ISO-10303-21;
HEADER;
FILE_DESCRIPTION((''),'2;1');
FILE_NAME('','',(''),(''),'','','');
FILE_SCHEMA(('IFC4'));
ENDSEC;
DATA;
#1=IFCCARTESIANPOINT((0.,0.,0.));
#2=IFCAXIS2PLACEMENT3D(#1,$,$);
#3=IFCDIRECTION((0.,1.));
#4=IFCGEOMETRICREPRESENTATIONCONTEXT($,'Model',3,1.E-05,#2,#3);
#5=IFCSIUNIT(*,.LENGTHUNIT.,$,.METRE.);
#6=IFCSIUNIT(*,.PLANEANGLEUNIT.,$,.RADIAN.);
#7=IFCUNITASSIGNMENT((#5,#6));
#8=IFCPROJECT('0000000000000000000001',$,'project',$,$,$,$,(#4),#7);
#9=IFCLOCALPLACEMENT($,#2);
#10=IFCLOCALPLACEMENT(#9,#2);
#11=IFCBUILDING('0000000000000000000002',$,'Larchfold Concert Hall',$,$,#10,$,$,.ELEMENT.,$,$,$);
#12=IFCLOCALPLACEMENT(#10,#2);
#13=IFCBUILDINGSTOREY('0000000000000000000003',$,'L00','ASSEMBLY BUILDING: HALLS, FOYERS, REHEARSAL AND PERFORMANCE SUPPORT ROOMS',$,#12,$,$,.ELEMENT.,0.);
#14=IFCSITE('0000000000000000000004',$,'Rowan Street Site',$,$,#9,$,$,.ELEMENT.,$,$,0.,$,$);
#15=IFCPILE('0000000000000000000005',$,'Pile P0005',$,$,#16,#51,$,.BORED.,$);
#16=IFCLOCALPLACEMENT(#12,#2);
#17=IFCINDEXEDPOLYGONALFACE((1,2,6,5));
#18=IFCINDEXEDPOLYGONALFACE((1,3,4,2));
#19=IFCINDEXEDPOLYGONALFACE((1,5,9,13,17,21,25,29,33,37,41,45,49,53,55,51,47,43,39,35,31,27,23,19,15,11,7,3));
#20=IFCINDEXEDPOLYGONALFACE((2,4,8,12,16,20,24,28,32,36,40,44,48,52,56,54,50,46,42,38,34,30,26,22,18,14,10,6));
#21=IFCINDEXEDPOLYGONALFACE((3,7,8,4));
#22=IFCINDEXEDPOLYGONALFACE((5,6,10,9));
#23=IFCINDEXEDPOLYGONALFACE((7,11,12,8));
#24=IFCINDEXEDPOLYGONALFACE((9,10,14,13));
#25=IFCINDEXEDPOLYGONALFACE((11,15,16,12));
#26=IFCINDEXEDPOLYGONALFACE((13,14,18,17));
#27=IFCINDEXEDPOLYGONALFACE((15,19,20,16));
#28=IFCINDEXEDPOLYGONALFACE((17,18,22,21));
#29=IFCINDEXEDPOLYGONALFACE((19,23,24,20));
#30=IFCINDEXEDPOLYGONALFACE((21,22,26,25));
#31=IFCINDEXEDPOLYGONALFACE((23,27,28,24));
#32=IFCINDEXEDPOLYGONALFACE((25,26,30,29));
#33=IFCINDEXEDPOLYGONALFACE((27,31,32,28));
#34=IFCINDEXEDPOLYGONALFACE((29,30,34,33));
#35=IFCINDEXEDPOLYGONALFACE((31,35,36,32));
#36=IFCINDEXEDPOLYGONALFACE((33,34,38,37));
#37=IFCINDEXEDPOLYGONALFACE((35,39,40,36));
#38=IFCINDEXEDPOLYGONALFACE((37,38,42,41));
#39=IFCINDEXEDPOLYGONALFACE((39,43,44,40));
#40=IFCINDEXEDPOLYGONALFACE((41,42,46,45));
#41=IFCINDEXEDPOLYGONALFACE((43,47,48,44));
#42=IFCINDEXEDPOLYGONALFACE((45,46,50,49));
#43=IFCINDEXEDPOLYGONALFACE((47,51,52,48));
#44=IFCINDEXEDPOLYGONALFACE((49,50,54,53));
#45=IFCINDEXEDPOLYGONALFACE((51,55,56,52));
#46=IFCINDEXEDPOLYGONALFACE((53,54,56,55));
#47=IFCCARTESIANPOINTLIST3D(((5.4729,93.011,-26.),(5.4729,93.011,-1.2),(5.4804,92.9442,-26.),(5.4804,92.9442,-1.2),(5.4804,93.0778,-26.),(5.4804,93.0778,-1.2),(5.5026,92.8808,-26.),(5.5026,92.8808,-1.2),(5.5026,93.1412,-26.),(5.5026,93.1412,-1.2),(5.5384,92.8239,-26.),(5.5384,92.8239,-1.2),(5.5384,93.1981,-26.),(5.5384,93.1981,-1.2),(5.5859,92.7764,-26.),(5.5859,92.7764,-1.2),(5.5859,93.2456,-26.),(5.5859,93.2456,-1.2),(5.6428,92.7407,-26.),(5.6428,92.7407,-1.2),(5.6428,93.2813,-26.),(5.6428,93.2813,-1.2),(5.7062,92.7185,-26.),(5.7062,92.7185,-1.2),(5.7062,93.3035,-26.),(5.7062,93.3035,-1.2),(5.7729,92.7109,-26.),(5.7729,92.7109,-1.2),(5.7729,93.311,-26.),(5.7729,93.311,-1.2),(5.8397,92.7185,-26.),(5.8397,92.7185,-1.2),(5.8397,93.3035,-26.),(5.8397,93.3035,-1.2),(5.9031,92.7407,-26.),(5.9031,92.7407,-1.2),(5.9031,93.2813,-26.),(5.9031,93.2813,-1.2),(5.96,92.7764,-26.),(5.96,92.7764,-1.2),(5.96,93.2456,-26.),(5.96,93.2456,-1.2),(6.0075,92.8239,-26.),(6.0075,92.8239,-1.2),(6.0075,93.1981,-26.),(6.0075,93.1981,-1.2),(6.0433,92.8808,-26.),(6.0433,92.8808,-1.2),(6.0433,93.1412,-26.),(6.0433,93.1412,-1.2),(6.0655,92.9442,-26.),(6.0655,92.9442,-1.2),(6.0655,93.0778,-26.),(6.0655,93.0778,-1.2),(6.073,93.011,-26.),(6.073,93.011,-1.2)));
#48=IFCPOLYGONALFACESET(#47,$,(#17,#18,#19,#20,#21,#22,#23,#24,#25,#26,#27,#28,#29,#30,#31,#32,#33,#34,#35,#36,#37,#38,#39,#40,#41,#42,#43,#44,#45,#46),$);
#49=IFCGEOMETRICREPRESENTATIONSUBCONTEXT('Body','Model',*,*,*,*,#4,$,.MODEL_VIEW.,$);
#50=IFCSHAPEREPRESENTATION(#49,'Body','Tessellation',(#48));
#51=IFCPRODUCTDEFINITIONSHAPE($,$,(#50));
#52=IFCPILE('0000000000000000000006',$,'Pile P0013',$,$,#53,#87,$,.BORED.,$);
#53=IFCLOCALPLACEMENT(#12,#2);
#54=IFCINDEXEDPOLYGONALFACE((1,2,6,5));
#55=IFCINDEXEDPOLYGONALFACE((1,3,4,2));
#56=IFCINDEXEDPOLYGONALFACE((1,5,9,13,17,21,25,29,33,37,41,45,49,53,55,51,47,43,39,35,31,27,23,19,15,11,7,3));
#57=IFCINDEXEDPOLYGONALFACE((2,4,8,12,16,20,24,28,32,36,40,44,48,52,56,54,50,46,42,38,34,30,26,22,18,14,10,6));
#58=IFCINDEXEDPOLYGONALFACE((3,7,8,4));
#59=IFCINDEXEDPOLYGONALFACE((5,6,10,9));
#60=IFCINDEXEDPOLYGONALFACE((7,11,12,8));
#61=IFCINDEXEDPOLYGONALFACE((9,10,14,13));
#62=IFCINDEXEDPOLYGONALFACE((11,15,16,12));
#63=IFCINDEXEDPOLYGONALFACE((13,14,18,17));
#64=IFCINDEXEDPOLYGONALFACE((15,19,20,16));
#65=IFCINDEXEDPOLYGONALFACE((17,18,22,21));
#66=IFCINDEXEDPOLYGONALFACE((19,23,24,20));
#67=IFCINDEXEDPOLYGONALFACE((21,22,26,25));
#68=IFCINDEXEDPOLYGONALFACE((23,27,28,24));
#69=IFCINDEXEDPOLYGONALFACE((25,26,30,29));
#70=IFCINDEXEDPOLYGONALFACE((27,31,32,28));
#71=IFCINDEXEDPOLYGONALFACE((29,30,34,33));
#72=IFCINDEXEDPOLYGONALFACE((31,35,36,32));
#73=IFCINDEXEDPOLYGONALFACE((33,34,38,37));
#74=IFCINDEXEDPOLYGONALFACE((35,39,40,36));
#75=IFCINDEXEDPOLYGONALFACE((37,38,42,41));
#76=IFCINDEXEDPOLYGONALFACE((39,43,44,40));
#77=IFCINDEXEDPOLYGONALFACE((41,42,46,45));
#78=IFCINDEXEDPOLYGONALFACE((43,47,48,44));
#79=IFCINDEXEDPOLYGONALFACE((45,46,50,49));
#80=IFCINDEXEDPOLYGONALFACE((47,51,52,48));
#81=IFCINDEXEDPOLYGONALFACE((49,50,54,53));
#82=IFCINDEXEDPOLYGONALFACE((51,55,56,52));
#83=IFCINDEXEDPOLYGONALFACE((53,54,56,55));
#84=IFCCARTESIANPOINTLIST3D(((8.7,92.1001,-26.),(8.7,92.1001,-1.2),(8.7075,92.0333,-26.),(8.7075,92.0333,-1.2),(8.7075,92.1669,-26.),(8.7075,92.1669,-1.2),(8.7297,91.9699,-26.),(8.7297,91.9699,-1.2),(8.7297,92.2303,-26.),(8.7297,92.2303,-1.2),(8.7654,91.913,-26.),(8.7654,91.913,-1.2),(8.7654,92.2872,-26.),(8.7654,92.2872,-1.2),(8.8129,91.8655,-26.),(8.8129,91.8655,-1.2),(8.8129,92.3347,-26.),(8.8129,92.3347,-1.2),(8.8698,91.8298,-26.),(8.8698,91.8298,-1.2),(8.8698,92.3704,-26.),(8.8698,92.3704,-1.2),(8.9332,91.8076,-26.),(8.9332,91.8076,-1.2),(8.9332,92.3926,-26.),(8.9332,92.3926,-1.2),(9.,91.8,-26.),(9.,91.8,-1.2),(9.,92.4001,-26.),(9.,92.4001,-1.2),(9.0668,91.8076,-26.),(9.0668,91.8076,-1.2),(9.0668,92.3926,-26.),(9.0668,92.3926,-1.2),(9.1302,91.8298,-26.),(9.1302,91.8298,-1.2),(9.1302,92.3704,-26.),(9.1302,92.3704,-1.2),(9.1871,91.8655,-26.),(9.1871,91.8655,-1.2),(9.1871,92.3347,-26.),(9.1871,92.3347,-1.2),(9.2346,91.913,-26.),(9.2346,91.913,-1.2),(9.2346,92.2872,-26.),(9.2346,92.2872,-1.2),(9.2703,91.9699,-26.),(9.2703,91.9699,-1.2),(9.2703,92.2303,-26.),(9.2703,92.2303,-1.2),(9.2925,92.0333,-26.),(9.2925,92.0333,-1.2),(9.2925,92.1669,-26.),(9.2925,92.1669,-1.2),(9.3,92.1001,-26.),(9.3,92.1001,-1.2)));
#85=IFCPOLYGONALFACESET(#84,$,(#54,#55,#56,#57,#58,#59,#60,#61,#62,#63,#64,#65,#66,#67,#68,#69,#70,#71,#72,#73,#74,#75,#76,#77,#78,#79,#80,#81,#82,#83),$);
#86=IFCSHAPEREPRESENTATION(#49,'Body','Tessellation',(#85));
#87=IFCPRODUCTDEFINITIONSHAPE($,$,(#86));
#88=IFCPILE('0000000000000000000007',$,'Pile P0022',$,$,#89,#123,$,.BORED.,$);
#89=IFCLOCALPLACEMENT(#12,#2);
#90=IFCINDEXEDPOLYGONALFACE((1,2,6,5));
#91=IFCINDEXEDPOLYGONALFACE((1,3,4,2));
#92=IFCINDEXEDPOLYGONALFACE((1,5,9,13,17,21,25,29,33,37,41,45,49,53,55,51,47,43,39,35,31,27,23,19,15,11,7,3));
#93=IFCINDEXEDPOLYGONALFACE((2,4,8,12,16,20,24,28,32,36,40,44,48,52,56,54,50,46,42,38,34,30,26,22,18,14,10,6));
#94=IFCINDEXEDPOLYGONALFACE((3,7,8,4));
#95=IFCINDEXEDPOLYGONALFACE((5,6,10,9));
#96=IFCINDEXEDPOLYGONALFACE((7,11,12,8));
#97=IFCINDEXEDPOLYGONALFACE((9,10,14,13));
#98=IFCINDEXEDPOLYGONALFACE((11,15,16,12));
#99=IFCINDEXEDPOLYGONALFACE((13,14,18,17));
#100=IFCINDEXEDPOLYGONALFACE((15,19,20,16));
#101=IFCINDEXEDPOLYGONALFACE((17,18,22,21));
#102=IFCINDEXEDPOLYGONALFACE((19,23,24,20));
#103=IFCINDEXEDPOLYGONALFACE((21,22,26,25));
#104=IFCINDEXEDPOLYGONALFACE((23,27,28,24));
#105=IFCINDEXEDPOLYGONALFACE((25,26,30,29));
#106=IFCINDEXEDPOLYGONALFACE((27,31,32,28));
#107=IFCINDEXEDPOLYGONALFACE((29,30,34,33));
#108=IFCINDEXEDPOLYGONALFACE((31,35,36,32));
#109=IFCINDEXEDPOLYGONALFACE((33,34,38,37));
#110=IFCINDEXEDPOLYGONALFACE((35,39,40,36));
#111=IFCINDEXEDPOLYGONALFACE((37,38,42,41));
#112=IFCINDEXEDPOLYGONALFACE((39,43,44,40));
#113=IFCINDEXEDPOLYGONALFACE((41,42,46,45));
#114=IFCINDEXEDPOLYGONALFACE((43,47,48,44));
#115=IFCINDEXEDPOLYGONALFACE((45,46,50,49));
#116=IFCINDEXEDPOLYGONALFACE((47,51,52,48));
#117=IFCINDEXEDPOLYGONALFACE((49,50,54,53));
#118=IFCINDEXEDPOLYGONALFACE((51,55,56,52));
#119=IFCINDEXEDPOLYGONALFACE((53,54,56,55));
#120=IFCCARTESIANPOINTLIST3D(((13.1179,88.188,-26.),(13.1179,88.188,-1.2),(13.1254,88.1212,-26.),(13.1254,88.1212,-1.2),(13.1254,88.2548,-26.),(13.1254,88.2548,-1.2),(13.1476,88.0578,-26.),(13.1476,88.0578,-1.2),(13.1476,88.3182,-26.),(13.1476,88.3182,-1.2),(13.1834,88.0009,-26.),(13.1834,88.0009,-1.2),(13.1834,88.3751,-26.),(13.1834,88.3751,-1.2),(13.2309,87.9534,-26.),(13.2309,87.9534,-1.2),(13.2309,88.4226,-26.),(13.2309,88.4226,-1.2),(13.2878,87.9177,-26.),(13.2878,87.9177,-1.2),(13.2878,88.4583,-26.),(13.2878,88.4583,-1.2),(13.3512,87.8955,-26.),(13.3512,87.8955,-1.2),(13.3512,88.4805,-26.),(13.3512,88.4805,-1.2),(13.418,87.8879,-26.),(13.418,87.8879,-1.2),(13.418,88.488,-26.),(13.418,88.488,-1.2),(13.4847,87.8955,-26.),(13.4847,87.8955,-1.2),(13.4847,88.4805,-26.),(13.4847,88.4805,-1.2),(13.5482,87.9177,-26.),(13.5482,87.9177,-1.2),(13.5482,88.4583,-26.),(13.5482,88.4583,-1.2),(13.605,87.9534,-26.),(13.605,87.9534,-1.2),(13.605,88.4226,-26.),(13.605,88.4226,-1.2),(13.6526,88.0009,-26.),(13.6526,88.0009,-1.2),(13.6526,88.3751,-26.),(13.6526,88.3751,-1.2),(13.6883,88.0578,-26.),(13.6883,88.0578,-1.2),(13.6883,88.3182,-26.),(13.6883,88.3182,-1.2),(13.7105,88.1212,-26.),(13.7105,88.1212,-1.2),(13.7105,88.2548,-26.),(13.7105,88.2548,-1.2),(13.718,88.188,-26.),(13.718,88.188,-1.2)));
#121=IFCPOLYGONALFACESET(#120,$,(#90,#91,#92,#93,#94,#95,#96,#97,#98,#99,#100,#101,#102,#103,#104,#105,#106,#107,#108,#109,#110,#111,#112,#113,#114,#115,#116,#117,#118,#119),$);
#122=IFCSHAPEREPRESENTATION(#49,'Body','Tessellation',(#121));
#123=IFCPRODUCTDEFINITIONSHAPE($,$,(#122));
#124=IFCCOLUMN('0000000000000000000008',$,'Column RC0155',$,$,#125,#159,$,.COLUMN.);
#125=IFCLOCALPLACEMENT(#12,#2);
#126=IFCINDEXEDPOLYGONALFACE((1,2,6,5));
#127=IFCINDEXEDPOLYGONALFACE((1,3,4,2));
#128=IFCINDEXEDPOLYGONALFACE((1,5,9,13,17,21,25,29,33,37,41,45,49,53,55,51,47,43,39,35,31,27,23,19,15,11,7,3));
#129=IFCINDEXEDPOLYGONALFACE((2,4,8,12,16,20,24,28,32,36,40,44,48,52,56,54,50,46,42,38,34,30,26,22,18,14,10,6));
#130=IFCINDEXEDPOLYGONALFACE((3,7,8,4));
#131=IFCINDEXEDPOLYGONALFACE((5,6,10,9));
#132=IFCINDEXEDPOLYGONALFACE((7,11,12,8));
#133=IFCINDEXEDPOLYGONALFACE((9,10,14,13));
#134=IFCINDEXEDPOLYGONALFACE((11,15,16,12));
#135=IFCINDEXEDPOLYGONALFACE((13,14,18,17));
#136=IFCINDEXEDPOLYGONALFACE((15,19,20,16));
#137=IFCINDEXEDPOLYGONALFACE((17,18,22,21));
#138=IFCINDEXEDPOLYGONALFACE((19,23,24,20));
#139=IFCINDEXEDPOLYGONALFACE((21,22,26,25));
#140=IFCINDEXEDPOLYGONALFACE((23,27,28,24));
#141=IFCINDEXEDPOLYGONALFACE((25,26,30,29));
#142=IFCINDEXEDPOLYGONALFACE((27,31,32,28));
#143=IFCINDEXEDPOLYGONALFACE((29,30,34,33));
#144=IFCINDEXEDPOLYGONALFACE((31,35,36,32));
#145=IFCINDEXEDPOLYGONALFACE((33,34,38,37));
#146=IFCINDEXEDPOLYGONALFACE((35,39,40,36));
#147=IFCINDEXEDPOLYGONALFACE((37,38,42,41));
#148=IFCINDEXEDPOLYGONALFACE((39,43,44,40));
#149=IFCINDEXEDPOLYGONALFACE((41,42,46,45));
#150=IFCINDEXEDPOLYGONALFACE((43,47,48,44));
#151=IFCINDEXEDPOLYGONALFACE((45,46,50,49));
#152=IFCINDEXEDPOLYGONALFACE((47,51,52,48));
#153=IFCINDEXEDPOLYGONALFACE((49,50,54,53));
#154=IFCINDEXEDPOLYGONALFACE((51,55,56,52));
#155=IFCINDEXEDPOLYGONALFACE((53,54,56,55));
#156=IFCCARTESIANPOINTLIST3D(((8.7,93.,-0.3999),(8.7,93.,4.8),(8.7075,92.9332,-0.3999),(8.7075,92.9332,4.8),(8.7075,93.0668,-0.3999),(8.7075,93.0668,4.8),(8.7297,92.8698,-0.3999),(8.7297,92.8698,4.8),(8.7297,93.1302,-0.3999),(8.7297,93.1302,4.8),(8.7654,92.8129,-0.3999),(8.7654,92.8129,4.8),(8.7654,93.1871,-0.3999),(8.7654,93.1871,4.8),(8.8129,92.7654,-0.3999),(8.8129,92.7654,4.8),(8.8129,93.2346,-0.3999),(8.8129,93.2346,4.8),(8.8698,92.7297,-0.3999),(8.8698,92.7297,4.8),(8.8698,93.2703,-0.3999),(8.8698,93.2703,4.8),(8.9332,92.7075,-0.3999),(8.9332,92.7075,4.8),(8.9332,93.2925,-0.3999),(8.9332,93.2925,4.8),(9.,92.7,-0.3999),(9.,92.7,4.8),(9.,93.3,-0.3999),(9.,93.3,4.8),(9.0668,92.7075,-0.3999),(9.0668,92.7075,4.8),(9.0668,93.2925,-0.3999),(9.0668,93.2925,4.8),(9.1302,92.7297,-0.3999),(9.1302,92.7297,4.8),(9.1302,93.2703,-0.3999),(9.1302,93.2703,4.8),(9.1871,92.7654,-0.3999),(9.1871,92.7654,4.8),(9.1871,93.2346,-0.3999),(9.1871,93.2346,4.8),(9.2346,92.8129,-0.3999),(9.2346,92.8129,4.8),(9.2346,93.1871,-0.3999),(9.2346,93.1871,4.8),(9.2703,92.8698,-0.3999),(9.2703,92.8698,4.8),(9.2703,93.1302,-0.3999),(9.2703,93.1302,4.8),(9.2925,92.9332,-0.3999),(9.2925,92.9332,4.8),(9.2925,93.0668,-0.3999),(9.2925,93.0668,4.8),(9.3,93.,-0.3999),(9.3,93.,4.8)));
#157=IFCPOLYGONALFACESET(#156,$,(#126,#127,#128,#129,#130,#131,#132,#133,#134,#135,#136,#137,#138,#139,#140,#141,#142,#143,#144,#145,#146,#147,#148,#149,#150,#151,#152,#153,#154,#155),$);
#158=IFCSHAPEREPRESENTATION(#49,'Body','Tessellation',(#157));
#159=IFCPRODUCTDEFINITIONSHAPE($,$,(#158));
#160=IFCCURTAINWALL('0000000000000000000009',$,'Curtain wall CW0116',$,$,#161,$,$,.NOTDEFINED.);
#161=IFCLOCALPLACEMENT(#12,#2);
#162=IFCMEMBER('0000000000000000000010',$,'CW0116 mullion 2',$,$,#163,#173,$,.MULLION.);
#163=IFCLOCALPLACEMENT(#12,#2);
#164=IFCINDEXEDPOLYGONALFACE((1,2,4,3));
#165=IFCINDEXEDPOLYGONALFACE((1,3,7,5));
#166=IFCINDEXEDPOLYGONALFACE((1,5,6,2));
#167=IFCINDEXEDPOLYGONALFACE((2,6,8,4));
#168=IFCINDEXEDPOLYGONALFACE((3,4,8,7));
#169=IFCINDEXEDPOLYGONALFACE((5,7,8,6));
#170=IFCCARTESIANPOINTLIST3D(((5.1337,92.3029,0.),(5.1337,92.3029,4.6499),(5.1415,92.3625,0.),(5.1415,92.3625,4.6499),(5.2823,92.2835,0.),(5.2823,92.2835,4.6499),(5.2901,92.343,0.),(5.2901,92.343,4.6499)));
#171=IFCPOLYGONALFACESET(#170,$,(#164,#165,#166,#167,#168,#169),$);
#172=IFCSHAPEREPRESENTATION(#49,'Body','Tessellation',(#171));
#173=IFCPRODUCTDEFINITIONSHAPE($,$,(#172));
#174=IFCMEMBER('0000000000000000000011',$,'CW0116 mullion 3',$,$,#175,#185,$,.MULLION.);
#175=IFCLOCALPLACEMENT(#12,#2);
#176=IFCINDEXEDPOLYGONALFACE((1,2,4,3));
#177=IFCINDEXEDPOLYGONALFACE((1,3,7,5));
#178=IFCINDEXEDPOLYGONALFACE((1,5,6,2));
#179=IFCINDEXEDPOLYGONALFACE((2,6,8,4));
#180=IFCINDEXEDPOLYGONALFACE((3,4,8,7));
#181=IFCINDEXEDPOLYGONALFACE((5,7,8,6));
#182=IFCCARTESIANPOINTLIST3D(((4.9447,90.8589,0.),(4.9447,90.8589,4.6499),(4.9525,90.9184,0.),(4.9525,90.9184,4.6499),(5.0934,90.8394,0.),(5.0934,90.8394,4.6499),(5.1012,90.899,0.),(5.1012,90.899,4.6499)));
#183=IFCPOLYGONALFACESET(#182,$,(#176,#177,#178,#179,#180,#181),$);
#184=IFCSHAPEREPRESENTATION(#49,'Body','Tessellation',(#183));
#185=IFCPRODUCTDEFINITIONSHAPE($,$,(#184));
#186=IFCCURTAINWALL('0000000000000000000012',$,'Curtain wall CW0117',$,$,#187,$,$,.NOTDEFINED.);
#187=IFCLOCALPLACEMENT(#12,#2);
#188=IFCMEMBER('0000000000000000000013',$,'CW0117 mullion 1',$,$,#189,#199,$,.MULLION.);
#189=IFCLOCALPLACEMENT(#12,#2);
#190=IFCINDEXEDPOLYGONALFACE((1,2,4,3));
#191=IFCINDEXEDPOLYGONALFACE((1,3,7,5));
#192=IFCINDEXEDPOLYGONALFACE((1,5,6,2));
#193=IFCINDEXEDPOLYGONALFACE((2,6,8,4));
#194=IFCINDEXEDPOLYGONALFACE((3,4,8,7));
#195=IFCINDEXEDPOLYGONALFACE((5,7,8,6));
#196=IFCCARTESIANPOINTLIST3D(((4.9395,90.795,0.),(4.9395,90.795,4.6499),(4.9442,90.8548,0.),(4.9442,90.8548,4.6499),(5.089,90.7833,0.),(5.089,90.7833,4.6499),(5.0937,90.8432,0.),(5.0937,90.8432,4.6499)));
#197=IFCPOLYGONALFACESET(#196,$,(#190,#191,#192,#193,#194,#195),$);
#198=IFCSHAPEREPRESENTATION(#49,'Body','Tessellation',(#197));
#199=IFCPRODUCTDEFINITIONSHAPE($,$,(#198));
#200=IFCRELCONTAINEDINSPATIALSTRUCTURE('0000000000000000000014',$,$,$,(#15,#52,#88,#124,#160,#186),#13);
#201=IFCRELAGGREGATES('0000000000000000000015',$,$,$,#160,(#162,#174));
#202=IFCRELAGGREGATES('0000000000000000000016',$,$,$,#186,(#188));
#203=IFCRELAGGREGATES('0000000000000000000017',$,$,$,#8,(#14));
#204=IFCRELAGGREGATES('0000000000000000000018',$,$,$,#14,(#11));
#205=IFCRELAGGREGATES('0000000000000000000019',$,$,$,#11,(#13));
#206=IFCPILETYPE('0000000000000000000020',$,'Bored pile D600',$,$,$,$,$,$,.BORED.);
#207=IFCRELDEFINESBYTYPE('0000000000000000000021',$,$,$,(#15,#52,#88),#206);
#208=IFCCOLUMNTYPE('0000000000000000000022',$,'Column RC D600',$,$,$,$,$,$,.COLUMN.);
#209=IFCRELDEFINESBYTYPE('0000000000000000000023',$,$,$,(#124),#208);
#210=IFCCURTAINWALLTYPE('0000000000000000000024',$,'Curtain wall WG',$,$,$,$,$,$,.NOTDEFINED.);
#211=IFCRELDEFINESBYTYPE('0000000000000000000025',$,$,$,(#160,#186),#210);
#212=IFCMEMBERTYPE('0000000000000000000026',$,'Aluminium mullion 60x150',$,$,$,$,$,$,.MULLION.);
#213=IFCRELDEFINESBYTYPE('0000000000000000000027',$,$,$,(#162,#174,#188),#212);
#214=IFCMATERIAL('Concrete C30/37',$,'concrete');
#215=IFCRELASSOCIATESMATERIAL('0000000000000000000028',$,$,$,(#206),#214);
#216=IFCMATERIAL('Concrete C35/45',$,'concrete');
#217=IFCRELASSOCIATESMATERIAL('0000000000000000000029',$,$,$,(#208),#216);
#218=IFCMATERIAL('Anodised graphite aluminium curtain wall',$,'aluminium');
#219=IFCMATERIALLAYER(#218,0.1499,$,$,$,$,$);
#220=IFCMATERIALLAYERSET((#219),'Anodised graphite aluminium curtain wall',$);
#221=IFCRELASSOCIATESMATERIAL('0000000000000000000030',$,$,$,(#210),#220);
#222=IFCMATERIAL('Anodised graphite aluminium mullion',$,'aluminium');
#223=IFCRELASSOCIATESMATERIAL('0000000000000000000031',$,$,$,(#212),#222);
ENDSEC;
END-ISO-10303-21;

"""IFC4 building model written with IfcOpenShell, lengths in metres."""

from ifc_helpers import new_model, si_unit, direction, frame, origin, origin_2d, place, context, subcontext, project, spatial, rectangle, circle, extrude, material, layer, layer_set, material_profile, profile_set, type_object, element, aggregate, save


model = new_model("IFC4")

# Units and contexts
model_context = context("Model", 3, precision=1e-05, world=origin(), true_north=direction((0.0, 1.0)))
body_context = subcontext(model_context, "Body", "Model", "MODEL_VIEW")
ifc_project = project(units=[si_unit("LENGTHUNIT", "METRE"), si_unit("PLANEANGLEUNIT", "RADIAN")], contexts=[model_context])

# Site, building, storey
site_placement = place(None, origin())
site = spatial("IfcSite", under=ifc_project, at=site_placement, Name="Rowan Street Site", CompositionType="ELEMENT", RefElevation=0.0)
building_placement = place(site_placement, origin())
building = spatial("IfcBuilding", under=site, at=building_placement, Name="Larchfold Concert Hall", CompositionType="ELEMENT")
storey_placement = place(building_placement, origin())
storey = spatial("IfcBuildingStorey", under=building, at=storey_placement, Name="L00", Description="ASSEMBLY BUILDING: HALLS, FOYERS, REHEARSAL AND PERFORMANCE SUPPORT ROOMS", CompositionType="ELEMENT", Elevation=0.0)

# Piles
ifc_material_1 = material(Name="Concrete C30/37", Category="concrete")
ifc_material_profile_1 = material_profile(ifc_material_1, circle(Radius=0.3, at=origin_2d()))
ifc_profile_set_1 = profile_set([ifc_material_profile_1], Name="Concrete C30/37")
pile_type = type_object("IfcPileType", Name="Bored pile D600", PredefinedType="BORED", material=ifc_profile_set_1)
for number, where, z_axis, x_axis, name in (
    (1, (5.7729, 93.011, -1.2), (0.0, 0.0, -1.0), (1.0, 0.0, 0.0), "Pile P0005"),
    (2, (9.0, 92.1001, -1.2), (0.0, 0.0, -1.0), (1.0, 0.0, 0.0), "Pile P0013"),
    (3, (13.418, 88.188, -1.2), (0.0, 0.0, -1.0), (1.0, 0.0, 0.0), "Pile P0022"),
):
    element("IfcPile", number, at=place(storey_placement, frame(where, z_axis=z_axis, x_axis=x_axis)), inside=storey, type_object=pile_type, Name=name, PredefinedType="BORED", context=body_context, shape_type="SweptSolid", body=[
        extrude(circle(Radius=0.3, at=origin_2d()), origin(), (0.0, 0.0, 1.0), 24.8),
    ])

# Column
ifc_material_2 = material(Name="Concrete C35/45", Category="concrete")
ifc_material_profile_2 = material_profile(ifc_material_2, circle(Radius=0.3, at=origin_2d()))
ifc_profile_set_2 = profile_set([ifc_material_profile_2], Name="Concrete C35/45")
column_type = type_object("IfcColumnType", Name="Column RC D600", PredefinedType="COLUMN", material=ifc_profile_set_2)
column_placement = place(storey_placement, frame((9.0, 93.0, -0.3999), z_axis=(0.0, 0.0, 1.0), x_axis=(1.0, 0.0, 0.0)))
element("IfcColumn", 4, at=column_placement, inside=storey, type_object=column_type, Name="Column RC0155", PredefinedType="COLUMN", context=body_context, shape_type="SweptSolid", body=[
    extrude(circle(Radius=0.3, at=origin_2d()), origin(), (0.0, 0.0, 1.0), 5.2),
])

# Curtain walls, members
ifc_material_3 = material(Name="Anodised graphite aluminium curtain wall", Category="aluminium")
ifc_layer_1 = layer(ifc_material_3, 0.1499)
ifc_layer_set_1 = layer_set([ifc_layer_1], Name="Anodised graphite aluminium curtain wall")
curtain_wall_type = type_object("IfcCurtainWallType", Name="Curtain wall WG", PredefinedType="NOTDEFINED", material=ifc_layer_set_1)
curtain_wall_1_placement = place(storey_placement, origin())
curtain_wall_1 = element("IfcCurtainWall", 5, at=curtain_wall_1_placement, inside=storey, type_object=curtain_wall_type, Name="Curtain wall CW0116", PredefinedType="NOTDEFINED")
ifc_material_4 = material(Name="Anodised graphite aluminium mullion", Category="aluminium")
ifc_material_profile_3 = material_profile(ifc_material_4, rectangle(XDim=0.1499, YDim=0.0601, at=origin_2d()))
ifc_profile_set_3 = profile_set([ifc_material_profile_3], Name="Anodised graphite aluminium mullion")
member_type_1 = type_object("IfcMemberType", Name="Aluminium mullion 60x150", PredefinedType="MULLION", material=ifc_profile_set_3)
member_1_placement = place(storey_placement, frame((5.2119, 92.323, 0.0), z_axis=(0.0, 0.0, 1.0), x_axis=(0.991548, -0.129743, 0.0)))
member_1 = element("IfcMember", 6, at=member_1_placement, type_object=member_type_1, Name="CW0116 mullion 2", PredefinedType="MULLION", context=body_context, shape_type="SweptSolid", body=[
    extrude(rectangle(XDim=0.1499, YDim=0.0601, at=origin_2d()), origin(), (0.0, 0.0, 1.0), 4.6499),
])
member_2_placement = place(storey_placement, frame((5.0229, 90.8789, 0.0), z_axis=(0.0, 0.0, 1.0), x_axis=(0.991548, -0.129743, 0.0)))
member_2 = element("IfcMember", 7, at=member_2_placement, type_object=member_type_1, Name="CW0116 mullion 3", PredefinedType="MULLION", context=body_context, shape_type="SweptSolid", body=[
    extrude(rectangle(XDim=0.1499, YDim=0.0601, at=origin_2d()), origin(), (0.0, 0.0, 1.0), 4.6499),
])
curtain_wall_2_placement = place(storey_placement, origin())
curtain_wall_2 = element("IfcCurtainWall", 8, at=curtain_wall_2_placement, inside=storey, type_object=curtain_wall_type, Name="Curtain wall CW0117", PredefinedType="NOTDEFINED")
member_3_placement = place(storey_placement, frame((5.0166, 90.8191, 0.0), z_axis=(0.0, 0.0, 1.0), x_axis=(0.996995, -0.077465, 0.0)))
member_3 = element("IfcMember", 9, at=member_3_placement, type_object=member_type_1, Name="CW0117 mullion 1", PredefinedType="MULLION", context=body_context, shape_type="SweptSolid", body=[
    extrude(rectangle(XDim=0.1499, YDim=0.0601, at=origin_2d()), origin(), (0.0, 0.0, 1.0), 4.6499),
])

aggregate(curtain_wall_1, [member_1, member_2])
aggregate(curtain_wall_2, [member_3])

save(model, "model.ifc")
